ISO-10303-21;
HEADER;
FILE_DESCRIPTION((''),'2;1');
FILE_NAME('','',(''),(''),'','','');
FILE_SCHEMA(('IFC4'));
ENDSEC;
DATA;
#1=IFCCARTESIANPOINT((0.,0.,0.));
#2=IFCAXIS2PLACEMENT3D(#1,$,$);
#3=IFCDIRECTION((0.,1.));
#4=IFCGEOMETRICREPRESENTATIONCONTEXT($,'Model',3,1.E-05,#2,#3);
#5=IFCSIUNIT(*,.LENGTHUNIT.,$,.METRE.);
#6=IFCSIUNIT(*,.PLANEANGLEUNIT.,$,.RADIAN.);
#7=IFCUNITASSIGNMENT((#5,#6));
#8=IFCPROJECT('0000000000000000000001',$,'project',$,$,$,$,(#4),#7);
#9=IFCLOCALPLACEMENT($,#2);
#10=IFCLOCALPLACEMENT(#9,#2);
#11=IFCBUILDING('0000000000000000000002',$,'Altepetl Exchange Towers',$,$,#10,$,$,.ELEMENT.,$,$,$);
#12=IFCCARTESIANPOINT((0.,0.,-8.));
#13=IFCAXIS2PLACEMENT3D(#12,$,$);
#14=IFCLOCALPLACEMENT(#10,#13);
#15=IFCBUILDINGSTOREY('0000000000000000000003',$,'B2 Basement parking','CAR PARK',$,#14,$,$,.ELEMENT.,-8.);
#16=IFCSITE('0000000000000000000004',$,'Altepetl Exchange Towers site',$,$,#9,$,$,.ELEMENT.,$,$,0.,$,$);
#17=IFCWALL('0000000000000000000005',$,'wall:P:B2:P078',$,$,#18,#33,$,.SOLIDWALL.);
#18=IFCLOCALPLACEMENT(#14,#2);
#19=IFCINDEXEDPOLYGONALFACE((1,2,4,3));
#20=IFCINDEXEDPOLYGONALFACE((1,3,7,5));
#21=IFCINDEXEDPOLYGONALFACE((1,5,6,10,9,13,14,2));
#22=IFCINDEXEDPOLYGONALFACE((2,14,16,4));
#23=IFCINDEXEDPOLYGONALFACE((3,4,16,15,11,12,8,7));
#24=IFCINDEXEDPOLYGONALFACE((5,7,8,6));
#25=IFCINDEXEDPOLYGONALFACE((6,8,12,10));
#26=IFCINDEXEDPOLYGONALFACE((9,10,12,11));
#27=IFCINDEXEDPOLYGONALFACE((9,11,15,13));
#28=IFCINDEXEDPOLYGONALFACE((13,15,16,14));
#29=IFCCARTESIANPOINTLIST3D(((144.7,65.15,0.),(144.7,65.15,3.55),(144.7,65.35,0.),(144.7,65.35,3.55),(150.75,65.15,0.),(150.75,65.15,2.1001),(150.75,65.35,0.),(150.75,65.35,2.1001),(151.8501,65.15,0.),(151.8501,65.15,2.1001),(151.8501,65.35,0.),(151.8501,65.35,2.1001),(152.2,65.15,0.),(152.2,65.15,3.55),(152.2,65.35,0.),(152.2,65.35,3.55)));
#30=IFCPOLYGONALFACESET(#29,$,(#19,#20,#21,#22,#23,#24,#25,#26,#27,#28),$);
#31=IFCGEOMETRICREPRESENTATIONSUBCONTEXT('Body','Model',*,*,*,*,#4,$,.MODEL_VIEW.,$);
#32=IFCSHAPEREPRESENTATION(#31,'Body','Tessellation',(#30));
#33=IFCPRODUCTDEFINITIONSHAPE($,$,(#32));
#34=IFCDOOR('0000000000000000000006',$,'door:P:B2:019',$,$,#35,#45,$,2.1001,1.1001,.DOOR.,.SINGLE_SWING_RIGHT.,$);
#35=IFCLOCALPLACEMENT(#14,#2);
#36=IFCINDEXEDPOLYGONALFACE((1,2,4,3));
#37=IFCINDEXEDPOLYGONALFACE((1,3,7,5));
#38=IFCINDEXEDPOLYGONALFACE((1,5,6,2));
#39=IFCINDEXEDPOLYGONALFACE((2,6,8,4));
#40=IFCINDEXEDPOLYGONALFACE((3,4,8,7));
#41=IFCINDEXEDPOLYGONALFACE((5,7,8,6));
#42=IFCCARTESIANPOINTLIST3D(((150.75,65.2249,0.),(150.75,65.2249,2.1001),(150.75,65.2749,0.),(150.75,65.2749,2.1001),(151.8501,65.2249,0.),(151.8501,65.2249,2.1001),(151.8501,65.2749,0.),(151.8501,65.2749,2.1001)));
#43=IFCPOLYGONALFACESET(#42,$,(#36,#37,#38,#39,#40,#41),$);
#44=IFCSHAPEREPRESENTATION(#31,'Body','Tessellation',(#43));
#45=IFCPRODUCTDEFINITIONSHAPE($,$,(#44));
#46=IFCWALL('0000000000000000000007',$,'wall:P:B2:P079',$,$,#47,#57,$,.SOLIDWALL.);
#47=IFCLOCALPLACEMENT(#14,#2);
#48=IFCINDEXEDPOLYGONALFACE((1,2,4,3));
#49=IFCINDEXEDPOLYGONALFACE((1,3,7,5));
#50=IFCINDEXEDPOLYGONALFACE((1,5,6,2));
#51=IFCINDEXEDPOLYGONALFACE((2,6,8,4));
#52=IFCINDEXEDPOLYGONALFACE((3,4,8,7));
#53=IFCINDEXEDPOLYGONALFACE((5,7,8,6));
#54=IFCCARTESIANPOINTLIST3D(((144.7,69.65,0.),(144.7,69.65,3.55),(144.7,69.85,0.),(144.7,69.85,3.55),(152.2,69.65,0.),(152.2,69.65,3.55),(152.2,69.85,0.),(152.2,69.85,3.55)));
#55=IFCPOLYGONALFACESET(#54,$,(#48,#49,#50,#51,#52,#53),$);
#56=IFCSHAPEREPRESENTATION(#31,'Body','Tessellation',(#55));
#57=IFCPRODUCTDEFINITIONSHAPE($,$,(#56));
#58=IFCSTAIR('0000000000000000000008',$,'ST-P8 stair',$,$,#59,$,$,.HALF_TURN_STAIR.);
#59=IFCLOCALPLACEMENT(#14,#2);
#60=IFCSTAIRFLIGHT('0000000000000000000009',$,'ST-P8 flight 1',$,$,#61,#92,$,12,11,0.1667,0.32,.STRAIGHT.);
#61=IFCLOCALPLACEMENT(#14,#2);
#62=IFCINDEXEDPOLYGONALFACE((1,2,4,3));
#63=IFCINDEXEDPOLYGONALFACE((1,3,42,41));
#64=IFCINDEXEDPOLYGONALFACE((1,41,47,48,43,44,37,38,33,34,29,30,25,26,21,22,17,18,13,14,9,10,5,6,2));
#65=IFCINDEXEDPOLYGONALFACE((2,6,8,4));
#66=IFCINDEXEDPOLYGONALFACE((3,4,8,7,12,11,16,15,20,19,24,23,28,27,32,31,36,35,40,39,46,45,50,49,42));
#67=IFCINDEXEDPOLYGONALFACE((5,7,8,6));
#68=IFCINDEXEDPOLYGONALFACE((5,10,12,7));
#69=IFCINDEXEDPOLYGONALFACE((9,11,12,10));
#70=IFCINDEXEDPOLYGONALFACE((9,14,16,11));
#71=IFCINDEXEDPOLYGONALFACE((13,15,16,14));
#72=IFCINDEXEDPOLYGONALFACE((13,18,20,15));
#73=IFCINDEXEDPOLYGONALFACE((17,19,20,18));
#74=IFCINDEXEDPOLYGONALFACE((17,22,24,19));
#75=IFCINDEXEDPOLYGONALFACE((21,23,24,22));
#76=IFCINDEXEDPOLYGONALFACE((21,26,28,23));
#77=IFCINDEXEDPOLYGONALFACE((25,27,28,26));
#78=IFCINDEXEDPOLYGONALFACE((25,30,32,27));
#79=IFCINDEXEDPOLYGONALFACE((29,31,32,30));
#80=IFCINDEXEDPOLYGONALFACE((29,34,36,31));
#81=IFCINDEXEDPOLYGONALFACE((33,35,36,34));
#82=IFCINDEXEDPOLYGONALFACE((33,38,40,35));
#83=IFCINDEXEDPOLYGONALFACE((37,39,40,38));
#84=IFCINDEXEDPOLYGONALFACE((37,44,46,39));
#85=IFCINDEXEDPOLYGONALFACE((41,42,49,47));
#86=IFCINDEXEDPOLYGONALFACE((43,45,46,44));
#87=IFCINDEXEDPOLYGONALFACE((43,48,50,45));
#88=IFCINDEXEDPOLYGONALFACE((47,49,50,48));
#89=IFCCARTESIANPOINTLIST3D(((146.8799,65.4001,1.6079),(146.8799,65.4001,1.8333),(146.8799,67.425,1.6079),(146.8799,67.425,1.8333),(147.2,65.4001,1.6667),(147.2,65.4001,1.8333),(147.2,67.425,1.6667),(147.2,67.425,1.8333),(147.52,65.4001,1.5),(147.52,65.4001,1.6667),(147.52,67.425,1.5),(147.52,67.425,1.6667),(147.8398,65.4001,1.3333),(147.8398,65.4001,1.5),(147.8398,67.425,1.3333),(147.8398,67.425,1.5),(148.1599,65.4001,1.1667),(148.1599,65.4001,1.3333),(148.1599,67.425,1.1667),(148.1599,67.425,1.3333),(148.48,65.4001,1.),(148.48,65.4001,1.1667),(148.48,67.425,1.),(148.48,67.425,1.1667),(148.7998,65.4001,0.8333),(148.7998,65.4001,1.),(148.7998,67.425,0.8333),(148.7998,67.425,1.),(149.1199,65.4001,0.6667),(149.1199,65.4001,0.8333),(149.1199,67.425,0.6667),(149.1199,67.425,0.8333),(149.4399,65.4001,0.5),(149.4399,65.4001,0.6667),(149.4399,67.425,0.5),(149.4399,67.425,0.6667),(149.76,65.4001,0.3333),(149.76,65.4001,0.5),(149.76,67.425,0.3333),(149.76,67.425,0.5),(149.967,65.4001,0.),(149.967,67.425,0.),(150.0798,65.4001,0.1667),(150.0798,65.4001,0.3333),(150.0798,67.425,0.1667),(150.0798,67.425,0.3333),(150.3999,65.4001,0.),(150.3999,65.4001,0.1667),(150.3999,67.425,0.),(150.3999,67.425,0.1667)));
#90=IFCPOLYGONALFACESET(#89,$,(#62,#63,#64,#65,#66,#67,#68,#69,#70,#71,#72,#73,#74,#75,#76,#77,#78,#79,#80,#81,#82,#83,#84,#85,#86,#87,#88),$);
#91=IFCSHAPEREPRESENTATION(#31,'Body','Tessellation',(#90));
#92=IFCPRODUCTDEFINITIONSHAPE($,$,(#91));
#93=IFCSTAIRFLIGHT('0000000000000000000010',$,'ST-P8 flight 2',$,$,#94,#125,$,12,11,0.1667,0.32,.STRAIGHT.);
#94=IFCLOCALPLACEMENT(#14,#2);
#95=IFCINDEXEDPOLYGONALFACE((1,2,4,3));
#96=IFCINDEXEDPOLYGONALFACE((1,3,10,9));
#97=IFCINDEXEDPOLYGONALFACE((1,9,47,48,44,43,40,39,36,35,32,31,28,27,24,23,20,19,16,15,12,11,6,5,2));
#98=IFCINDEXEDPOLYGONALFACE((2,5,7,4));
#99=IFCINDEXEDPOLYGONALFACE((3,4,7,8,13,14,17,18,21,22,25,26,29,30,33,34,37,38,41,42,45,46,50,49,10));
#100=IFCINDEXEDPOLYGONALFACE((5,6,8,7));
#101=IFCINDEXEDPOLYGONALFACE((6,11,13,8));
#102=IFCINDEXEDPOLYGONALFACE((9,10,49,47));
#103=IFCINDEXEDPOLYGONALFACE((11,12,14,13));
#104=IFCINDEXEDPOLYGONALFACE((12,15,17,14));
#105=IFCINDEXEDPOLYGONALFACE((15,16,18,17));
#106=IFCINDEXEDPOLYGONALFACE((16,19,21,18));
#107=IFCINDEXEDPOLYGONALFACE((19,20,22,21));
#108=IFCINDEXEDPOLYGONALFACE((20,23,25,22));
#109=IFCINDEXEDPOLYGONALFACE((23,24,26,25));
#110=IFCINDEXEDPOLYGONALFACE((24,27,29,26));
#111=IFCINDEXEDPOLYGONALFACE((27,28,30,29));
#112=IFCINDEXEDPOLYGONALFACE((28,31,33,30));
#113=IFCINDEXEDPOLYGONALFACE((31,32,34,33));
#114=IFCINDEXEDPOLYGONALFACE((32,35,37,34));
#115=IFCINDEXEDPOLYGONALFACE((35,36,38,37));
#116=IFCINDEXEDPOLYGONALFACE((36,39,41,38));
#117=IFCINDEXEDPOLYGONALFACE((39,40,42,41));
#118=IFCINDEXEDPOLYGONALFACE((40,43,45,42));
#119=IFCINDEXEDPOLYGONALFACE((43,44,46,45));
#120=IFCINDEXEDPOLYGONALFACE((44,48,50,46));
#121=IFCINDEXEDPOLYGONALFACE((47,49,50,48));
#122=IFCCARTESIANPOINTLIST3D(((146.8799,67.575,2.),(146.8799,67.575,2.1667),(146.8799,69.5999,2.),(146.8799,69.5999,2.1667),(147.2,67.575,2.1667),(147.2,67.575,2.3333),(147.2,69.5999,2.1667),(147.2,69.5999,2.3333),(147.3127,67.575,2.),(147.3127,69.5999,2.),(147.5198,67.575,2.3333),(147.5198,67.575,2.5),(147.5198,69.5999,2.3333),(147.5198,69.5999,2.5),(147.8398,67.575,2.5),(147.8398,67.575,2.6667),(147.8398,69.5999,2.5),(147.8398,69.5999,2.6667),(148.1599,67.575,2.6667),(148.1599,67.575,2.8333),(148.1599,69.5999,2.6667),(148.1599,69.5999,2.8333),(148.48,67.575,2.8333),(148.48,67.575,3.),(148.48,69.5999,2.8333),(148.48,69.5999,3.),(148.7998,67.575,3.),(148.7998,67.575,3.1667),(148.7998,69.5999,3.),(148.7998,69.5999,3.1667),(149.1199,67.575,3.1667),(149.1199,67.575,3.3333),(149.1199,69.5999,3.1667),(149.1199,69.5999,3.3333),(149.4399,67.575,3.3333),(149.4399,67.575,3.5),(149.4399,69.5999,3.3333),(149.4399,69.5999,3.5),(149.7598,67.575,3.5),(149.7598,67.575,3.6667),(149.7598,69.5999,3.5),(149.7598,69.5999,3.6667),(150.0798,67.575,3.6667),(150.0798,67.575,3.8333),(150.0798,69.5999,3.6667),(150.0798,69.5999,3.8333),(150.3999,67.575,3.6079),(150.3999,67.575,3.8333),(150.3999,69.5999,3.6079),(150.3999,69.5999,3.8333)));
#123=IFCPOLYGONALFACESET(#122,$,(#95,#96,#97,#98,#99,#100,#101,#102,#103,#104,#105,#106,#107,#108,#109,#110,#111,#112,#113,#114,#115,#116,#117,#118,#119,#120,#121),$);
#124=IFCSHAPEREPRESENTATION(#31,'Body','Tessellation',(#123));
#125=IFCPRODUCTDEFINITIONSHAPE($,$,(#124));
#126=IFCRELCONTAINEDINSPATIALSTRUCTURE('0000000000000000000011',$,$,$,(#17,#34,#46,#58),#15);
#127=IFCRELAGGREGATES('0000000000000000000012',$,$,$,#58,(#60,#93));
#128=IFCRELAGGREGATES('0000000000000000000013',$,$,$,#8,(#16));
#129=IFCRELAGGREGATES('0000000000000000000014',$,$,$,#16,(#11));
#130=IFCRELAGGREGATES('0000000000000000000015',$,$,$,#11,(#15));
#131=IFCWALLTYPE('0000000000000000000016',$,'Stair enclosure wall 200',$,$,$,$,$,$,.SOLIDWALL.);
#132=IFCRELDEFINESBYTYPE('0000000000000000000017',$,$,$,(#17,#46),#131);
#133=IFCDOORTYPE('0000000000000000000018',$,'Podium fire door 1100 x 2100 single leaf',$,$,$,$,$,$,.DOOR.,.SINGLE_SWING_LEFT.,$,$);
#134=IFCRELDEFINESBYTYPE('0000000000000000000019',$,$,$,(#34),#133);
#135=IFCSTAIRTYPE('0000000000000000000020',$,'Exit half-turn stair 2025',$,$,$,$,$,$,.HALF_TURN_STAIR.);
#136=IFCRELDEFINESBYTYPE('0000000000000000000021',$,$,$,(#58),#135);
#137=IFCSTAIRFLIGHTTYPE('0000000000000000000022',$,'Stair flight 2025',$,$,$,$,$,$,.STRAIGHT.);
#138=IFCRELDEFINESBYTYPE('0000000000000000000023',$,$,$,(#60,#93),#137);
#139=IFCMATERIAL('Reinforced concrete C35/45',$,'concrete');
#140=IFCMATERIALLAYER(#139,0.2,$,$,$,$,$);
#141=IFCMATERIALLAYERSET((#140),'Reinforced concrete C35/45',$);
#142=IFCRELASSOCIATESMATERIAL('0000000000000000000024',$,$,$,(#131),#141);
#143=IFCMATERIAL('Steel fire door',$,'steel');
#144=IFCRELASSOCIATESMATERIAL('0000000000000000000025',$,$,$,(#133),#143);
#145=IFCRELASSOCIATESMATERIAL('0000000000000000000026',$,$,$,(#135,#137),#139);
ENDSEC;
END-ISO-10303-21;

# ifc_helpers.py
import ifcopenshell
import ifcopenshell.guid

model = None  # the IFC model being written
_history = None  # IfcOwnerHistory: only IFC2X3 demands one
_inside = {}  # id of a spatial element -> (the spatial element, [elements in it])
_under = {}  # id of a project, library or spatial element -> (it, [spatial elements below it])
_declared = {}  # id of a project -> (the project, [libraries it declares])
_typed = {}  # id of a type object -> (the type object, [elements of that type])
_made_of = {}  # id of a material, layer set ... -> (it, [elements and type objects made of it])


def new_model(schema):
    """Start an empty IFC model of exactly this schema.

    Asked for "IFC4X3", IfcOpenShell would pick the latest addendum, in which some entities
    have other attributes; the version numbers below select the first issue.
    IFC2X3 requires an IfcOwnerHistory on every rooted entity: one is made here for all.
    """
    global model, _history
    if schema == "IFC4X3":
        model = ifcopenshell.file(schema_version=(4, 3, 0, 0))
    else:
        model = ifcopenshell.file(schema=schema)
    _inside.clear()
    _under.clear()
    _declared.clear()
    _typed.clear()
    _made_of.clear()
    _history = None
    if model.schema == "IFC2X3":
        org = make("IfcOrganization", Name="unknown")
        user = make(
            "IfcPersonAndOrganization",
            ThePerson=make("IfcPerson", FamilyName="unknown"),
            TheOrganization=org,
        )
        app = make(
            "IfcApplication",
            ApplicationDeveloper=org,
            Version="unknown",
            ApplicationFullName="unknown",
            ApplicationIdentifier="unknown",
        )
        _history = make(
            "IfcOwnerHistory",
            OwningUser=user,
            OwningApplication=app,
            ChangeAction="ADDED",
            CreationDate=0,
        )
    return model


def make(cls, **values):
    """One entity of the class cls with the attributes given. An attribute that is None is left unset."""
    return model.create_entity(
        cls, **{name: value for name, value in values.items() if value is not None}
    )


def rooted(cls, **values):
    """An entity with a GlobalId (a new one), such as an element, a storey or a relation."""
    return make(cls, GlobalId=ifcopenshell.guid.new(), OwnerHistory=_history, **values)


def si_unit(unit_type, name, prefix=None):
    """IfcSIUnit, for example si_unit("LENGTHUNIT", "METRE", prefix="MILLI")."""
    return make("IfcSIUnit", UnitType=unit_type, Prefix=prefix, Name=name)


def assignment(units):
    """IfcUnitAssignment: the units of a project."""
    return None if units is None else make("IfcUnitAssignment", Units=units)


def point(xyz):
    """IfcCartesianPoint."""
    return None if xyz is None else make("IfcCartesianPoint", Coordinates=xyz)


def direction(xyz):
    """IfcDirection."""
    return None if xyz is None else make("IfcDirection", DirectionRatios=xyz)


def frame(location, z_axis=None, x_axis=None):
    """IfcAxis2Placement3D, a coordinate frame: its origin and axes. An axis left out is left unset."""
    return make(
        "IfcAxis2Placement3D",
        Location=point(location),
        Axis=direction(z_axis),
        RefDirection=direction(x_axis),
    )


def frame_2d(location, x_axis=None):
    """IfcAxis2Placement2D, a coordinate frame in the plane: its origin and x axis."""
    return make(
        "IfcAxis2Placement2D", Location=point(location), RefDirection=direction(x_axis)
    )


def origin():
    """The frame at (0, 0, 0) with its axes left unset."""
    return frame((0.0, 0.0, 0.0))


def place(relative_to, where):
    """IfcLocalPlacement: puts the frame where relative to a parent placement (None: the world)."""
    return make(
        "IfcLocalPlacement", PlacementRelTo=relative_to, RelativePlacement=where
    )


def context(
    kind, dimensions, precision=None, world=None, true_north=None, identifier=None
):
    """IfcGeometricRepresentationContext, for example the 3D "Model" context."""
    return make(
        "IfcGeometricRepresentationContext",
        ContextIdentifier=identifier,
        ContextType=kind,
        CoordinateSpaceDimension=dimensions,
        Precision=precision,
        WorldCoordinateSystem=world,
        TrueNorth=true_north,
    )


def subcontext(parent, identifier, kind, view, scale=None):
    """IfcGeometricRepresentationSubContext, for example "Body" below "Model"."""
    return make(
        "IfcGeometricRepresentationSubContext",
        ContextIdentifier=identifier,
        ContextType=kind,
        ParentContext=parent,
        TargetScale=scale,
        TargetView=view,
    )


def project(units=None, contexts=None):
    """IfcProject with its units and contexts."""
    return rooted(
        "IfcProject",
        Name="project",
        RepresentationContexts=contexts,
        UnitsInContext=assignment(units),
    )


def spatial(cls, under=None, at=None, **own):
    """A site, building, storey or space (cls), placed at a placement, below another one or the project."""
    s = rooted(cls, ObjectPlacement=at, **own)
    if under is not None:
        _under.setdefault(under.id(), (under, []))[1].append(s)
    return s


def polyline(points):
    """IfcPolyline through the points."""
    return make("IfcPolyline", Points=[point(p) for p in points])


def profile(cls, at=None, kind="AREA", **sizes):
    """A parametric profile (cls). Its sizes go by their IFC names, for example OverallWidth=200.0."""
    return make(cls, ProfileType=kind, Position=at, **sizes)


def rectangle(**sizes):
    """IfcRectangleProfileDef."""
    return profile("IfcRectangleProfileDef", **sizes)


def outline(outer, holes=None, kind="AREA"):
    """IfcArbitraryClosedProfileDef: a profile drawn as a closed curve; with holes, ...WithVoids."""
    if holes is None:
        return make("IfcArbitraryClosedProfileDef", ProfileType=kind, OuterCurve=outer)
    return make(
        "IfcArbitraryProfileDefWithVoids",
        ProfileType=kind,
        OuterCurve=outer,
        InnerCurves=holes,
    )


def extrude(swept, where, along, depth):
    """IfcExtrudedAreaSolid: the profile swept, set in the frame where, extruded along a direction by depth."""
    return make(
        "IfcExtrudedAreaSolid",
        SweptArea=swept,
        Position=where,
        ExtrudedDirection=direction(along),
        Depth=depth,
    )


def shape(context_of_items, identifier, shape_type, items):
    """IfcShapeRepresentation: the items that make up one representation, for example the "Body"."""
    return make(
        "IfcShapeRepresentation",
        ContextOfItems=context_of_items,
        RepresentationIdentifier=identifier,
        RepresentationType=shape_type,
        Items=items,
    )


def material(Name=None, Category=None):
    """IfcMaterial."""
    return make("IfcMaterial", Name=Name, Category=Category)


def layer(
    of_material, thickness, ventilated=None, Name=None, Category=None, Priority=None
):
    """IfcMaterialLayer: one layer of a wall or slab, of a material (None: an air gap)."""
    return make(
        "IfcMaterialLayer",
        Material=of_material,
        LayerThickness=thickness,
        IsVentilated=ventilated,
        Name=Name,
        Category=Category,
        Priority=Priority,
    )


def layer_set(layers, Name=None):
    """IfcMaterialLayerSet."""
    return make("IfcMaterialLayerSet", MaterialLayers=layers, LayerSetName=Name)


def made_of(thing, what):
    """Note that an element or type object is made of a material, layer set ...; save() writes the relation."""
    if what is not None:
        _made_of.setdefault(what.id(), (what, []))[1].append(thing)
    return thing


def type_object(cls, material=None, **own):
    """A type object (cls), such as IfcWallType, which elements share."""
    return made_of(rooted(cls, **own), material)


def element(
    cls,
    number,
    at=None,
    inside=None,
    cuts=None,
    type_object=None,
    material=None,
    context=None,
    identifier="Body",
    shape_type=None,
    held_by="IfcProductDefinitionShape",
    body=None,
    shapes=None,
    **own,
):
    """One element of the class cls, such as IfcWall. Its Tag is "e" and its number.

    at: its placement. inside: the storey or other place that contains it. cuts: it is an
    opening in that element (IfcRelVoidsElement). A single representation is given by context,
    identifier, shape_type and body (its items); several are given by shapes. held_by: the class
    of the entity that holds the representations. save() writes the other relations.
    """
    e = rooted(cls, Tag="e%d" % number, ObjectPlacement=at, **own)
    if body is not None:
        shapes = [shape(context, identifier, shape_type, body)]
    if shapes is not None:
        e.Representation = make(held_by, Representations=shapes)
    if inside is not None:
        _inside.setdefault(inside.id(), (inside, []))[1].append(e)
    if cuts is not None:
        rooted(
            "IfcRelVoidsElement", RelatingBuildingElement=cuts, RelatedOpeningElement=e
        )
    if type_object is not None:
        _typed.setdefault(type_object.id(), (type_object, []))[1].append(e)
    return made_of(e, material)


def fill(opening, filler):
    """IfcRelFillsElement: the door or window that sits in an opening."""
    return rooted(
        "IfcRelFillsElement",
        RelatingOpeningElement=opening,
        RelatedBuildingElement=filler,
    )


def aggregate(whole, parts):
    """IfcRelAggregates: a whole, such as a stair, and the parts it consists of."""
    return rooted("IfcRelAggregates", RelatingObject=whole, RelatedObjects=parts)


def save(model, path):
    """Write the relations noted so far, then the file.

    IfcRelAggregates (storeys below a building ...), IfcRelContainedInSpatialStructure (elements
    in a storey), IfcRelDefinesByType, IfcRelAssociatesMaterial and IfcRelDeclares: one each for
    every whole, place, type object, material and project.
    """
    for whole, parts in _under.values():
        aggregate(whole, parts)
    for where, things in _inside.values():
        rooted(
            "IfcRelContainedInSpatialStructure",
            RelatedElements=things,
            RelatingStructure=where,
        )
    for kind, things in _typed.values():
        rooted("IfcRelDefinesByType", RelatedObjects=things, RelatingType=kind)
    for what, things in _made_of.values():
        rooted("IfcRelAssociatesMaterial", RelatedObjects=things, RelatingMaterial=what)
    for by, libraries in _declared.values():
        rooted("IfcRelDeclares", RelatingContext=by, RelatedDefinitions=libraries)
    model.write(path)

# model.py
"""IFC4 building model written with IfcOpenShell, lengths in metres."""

from ifc_helpers import new_model, si_unit, direction, frame, frame_2d, origin, place, context, subcontext, project, spatial, polyline, rectangle, outline, extrude, material, layer, layer_set, type_object, element, fill, aggregate, save


model = new_model("IFC4")

# Units and contexts
model_context = context("Model", 3, precision=1e-05, world=origin(), true_north=direction((0.0, 1.0)))
body_context = subcontext(model_context, "Body", "Model", "MODEL_VIEW")
ifc_project = project(units=[si_unit("LENGTHUNIT", "METRE"), si_unit("PLANEANGLEUNIT", "RADIAN")], contexts=[model_context])

# Site, building, storey
site_placement = place(None, origin())
site = spatial("IfcSite", under=ifc_project, at=site_placement, Name="Altepetl Exchange Towers site", CompositionType="ELEMENT", RefElevation=0.0)
building_placement = place(site_placement, origin())
building = spatial("IfcBuilding", under=site, at=building_placement, Name="Altepetl Exchange Towers", CompositionType="ELEMENT")
storey_placement = place(building_placement, frame((0.0, 0.0, -8.0)))
storey = spatial("IfcBuildingStorey", under=building, at=storey_placement, Name="B2 Basement parking", Description="CAR PARK", CompositionType="ELEMENT", Elevation=-8.0)

# Shared definitions
ifc_material_1 = material(Name="Reinforced concrete C35/45", Category="concrete")
ifc_layer_1 = layer(ifc_material_1, 0.2)
ifc_layer_set_1 = layer_set([ifc_layer_1], Name="Reinforced concrete C35/45")
wall_type_1 = type_object("IfcWallType", Name="Stair enclosure wall 200", PredefinedType="SOLIDWALL", material=ifc_layer_set_1)

# Wall, opening, door
wall_1_placement = place(storey_placement, frame((144.7, 65.25, 0.0)))
wall_1 = element("IfcWall", 1, at=wall_1_placement, inside=storey, type_object=wall_type_1, Name="wall:P:B2:P078", PredefinedType="SOLIDWALL", context=body_context, shape_type="SweptSolid", body=[
    extrude(rectangle(XDim=7.5, YDim=0.2, at=frame_2d((3.75, 0.0))), origin(), (0.0, 0.0, 1.0), 3.55),
])
opening_placement = place(wall_1_placement, frame((6.05, 0.0, 0.0)))
opening = element("IfcOpeningElement", 2, at=opening_placement, cuts=wall_1, PredefinedType="OPENING", context=body_context, shape_type="SweptSolid", body=[
    extrude(rectangle(XDim=1.1001, YDim=2.1001, at=frame_2d((0.55, 1.05))), frame((0.0, 0.1099, 0.0), z_axis=(0.0, -1.0, 0.0), x_axis=(1.0, 0.0, 0.0)), (0.0, 0.0, 1.0), 0.22),
])
ifc_material_2 = material(Name="Steel fire door", Category="steel")
door_type = type_object("IfcDoorType", Name="Podium fire door 1100 x 2100 single leaf", OperationType="SINGLE_SWING_LEFT", PredefinedType="DOOR", material=ifc_material_2)
door_placement = place(opening_placement, origin())
door = element("IfcDoor", 3, at=door_placement, inside=storey, type_object=door_type, Name="door:P:B2:019", OperationType="SINGLE_SWING_RIGHT", OverallHeight=2.1001, OverallWidth=1.1001, PredefinedType="DOOR", context=body_context, shape_type="SweptSolid", body=[
    extrude(rectangle(XDim=1.1001, YDim=2.1001, at=frame_2d((0.55, 1.05))), frame((0.0, 0.0249, 0.0), z_axis=(0.0, -1.0, 0.0), x_axis=(1.0, 0.0, 0.0)), (0.0, 0.0, 1.0), 0.05),
])
fill(opening, door)

# Wall
wall_2_placement = place(storey_placement, frame((144.7, 69.75, 0.0)))
element("IfcWall", 4, at=wall_2_placement, inside=storey, type_object=wall_type_1, Name="wall:P:B2:P079", PredefinedType="SOLIDWALL", context=body_context, shape_type="SweptSolid", body=[
    extrude(rectangle(XDim=7.5, YDim=0.2, at=frame_2d((3.75, 0.0))), origin(), (0.0, 0.0, 1.0), 3.55),
])

# Stair, stair flights
stair_type = type_object("IfcStairType", Name="Exit half-turn stair 2025", PredefinedType="HALF_TURN_STAIR", material=ifc_material_1)
stair_placement = place(storey_placement, origin())
stair = element("IfcStair", 5, at=stair_placement, inside=storey, type_object=stair_type, Name="ST-P8 stair", PredefinedType="HALF_TURN_STAIR")
stair_flight_type = type_object("IfcStairFlightType", Name="Stair flight 2025", PredefinedType="STRAIGHT", material=ifc_material_1)
stair_flight_1_placement = place(storey_placement, frame((150.3999, 66.4126, 0.0), z_axis=(0.0, 0.0, 1.0), x_axis=(-1.0, 0.0, 0.0)))
stair_flight_1 = element("IfcStairFlight", 6, at=stair_flight_1_placement, type_object=stair_flight_type, Name="ST-P8 flight 1", NumberOfRisers=12, NumberOfTreads=11, PredefinedType="STRAIGHT", RiserHeight=0.1667, TreadLength=0.32, context=body_context, shape_type="SweptSolid", body=[
    extrude(outline(polyline([(0.0, 0.0), (0.0, 0.1667), (0.3201, 0.1667), (0.3201, 0.3333), (0.6399, 0.3333), (0.6399, 0.5), (0.96, 0.5), (0.96, 0.6667), (1.28, 0.6667), (1.28, 0.8333), (1.6001, 0.8333), (1.6001, 1.0), (1.9199, 1.0), (1.9199, 1.1667), (2.24, 1.1667), (2.24, 1.3333), (2.5601, 1.3333), (2.5601, 1.5), (2.8799, 1.5), (2.8799, 1.6667), (3.2, 1.6667), (3.2, 1.8333), (3.52, 1.8333), (3.52, 2.0), (3.52, 1.6079), (0.4329, 0.0), (0.0, 0.0)])), frame((0.0, 1.0125, 0.0), z_axis=(0.0, -1.0, 0.0), x_axis=(1.0, 0.0, 0.0)), (0.0, 0.0, 1.0), 2.0249),
])
stair_flight_2_placement = place(storey_placement, frame((146.8799, 68.5874, 2.0)))
stair_flight_2 = element("IfcStairFlight", 7, at=stair_flight_2_placement, type_object=stair_flight_type, Name="ST-P8 flight 2", NumberOfRisers=12, NumberOfTreads=11, PredefinedType="STRAIGHT", RiserHeight=0.1667, TreadLength=0.32, context=body_context, shape_type="SweptSolid", body=[
    extrude(outline(polyline([(0.0, 0.0), (0.0, 0.1667), (0.3201, 0.1667), (0.3201, 0.3333), (0.6399, 0.3333), (0.6399, 0.5), (0.96, 0.5), (0.96, 0.6667), (1.28, 0.6667), (1.28, 0.8333), (1.6001, 0.8333), (1.6001, 1.0), (1.9199, 1.0), (1.9199, 1.1667), (2.24, 1.1667), (2.24, 1.3333), (2.5601, 1.3333), (2.5601, 1.5), (2.8799, 1.5), (2.8799, 1.6667), (3.2, 1.6667), (3.2, 1.8333), (3.52, 1.8333), (3.52, 2.0), (3.52, 1.6079), (0.4329, 0.0), (0.0, 0.0)])), frame((0.0, 1.0125, 0.0), z_axis=(0.0, -1.0, 0.0), x_axis=(1.0, 0.0, 0.0)), (0.0, 0.0, 1.0), 2.0249),
])
aggregate(stair, [stair_flight_1, stair_flight_2])

save(model, "model.ifc")
